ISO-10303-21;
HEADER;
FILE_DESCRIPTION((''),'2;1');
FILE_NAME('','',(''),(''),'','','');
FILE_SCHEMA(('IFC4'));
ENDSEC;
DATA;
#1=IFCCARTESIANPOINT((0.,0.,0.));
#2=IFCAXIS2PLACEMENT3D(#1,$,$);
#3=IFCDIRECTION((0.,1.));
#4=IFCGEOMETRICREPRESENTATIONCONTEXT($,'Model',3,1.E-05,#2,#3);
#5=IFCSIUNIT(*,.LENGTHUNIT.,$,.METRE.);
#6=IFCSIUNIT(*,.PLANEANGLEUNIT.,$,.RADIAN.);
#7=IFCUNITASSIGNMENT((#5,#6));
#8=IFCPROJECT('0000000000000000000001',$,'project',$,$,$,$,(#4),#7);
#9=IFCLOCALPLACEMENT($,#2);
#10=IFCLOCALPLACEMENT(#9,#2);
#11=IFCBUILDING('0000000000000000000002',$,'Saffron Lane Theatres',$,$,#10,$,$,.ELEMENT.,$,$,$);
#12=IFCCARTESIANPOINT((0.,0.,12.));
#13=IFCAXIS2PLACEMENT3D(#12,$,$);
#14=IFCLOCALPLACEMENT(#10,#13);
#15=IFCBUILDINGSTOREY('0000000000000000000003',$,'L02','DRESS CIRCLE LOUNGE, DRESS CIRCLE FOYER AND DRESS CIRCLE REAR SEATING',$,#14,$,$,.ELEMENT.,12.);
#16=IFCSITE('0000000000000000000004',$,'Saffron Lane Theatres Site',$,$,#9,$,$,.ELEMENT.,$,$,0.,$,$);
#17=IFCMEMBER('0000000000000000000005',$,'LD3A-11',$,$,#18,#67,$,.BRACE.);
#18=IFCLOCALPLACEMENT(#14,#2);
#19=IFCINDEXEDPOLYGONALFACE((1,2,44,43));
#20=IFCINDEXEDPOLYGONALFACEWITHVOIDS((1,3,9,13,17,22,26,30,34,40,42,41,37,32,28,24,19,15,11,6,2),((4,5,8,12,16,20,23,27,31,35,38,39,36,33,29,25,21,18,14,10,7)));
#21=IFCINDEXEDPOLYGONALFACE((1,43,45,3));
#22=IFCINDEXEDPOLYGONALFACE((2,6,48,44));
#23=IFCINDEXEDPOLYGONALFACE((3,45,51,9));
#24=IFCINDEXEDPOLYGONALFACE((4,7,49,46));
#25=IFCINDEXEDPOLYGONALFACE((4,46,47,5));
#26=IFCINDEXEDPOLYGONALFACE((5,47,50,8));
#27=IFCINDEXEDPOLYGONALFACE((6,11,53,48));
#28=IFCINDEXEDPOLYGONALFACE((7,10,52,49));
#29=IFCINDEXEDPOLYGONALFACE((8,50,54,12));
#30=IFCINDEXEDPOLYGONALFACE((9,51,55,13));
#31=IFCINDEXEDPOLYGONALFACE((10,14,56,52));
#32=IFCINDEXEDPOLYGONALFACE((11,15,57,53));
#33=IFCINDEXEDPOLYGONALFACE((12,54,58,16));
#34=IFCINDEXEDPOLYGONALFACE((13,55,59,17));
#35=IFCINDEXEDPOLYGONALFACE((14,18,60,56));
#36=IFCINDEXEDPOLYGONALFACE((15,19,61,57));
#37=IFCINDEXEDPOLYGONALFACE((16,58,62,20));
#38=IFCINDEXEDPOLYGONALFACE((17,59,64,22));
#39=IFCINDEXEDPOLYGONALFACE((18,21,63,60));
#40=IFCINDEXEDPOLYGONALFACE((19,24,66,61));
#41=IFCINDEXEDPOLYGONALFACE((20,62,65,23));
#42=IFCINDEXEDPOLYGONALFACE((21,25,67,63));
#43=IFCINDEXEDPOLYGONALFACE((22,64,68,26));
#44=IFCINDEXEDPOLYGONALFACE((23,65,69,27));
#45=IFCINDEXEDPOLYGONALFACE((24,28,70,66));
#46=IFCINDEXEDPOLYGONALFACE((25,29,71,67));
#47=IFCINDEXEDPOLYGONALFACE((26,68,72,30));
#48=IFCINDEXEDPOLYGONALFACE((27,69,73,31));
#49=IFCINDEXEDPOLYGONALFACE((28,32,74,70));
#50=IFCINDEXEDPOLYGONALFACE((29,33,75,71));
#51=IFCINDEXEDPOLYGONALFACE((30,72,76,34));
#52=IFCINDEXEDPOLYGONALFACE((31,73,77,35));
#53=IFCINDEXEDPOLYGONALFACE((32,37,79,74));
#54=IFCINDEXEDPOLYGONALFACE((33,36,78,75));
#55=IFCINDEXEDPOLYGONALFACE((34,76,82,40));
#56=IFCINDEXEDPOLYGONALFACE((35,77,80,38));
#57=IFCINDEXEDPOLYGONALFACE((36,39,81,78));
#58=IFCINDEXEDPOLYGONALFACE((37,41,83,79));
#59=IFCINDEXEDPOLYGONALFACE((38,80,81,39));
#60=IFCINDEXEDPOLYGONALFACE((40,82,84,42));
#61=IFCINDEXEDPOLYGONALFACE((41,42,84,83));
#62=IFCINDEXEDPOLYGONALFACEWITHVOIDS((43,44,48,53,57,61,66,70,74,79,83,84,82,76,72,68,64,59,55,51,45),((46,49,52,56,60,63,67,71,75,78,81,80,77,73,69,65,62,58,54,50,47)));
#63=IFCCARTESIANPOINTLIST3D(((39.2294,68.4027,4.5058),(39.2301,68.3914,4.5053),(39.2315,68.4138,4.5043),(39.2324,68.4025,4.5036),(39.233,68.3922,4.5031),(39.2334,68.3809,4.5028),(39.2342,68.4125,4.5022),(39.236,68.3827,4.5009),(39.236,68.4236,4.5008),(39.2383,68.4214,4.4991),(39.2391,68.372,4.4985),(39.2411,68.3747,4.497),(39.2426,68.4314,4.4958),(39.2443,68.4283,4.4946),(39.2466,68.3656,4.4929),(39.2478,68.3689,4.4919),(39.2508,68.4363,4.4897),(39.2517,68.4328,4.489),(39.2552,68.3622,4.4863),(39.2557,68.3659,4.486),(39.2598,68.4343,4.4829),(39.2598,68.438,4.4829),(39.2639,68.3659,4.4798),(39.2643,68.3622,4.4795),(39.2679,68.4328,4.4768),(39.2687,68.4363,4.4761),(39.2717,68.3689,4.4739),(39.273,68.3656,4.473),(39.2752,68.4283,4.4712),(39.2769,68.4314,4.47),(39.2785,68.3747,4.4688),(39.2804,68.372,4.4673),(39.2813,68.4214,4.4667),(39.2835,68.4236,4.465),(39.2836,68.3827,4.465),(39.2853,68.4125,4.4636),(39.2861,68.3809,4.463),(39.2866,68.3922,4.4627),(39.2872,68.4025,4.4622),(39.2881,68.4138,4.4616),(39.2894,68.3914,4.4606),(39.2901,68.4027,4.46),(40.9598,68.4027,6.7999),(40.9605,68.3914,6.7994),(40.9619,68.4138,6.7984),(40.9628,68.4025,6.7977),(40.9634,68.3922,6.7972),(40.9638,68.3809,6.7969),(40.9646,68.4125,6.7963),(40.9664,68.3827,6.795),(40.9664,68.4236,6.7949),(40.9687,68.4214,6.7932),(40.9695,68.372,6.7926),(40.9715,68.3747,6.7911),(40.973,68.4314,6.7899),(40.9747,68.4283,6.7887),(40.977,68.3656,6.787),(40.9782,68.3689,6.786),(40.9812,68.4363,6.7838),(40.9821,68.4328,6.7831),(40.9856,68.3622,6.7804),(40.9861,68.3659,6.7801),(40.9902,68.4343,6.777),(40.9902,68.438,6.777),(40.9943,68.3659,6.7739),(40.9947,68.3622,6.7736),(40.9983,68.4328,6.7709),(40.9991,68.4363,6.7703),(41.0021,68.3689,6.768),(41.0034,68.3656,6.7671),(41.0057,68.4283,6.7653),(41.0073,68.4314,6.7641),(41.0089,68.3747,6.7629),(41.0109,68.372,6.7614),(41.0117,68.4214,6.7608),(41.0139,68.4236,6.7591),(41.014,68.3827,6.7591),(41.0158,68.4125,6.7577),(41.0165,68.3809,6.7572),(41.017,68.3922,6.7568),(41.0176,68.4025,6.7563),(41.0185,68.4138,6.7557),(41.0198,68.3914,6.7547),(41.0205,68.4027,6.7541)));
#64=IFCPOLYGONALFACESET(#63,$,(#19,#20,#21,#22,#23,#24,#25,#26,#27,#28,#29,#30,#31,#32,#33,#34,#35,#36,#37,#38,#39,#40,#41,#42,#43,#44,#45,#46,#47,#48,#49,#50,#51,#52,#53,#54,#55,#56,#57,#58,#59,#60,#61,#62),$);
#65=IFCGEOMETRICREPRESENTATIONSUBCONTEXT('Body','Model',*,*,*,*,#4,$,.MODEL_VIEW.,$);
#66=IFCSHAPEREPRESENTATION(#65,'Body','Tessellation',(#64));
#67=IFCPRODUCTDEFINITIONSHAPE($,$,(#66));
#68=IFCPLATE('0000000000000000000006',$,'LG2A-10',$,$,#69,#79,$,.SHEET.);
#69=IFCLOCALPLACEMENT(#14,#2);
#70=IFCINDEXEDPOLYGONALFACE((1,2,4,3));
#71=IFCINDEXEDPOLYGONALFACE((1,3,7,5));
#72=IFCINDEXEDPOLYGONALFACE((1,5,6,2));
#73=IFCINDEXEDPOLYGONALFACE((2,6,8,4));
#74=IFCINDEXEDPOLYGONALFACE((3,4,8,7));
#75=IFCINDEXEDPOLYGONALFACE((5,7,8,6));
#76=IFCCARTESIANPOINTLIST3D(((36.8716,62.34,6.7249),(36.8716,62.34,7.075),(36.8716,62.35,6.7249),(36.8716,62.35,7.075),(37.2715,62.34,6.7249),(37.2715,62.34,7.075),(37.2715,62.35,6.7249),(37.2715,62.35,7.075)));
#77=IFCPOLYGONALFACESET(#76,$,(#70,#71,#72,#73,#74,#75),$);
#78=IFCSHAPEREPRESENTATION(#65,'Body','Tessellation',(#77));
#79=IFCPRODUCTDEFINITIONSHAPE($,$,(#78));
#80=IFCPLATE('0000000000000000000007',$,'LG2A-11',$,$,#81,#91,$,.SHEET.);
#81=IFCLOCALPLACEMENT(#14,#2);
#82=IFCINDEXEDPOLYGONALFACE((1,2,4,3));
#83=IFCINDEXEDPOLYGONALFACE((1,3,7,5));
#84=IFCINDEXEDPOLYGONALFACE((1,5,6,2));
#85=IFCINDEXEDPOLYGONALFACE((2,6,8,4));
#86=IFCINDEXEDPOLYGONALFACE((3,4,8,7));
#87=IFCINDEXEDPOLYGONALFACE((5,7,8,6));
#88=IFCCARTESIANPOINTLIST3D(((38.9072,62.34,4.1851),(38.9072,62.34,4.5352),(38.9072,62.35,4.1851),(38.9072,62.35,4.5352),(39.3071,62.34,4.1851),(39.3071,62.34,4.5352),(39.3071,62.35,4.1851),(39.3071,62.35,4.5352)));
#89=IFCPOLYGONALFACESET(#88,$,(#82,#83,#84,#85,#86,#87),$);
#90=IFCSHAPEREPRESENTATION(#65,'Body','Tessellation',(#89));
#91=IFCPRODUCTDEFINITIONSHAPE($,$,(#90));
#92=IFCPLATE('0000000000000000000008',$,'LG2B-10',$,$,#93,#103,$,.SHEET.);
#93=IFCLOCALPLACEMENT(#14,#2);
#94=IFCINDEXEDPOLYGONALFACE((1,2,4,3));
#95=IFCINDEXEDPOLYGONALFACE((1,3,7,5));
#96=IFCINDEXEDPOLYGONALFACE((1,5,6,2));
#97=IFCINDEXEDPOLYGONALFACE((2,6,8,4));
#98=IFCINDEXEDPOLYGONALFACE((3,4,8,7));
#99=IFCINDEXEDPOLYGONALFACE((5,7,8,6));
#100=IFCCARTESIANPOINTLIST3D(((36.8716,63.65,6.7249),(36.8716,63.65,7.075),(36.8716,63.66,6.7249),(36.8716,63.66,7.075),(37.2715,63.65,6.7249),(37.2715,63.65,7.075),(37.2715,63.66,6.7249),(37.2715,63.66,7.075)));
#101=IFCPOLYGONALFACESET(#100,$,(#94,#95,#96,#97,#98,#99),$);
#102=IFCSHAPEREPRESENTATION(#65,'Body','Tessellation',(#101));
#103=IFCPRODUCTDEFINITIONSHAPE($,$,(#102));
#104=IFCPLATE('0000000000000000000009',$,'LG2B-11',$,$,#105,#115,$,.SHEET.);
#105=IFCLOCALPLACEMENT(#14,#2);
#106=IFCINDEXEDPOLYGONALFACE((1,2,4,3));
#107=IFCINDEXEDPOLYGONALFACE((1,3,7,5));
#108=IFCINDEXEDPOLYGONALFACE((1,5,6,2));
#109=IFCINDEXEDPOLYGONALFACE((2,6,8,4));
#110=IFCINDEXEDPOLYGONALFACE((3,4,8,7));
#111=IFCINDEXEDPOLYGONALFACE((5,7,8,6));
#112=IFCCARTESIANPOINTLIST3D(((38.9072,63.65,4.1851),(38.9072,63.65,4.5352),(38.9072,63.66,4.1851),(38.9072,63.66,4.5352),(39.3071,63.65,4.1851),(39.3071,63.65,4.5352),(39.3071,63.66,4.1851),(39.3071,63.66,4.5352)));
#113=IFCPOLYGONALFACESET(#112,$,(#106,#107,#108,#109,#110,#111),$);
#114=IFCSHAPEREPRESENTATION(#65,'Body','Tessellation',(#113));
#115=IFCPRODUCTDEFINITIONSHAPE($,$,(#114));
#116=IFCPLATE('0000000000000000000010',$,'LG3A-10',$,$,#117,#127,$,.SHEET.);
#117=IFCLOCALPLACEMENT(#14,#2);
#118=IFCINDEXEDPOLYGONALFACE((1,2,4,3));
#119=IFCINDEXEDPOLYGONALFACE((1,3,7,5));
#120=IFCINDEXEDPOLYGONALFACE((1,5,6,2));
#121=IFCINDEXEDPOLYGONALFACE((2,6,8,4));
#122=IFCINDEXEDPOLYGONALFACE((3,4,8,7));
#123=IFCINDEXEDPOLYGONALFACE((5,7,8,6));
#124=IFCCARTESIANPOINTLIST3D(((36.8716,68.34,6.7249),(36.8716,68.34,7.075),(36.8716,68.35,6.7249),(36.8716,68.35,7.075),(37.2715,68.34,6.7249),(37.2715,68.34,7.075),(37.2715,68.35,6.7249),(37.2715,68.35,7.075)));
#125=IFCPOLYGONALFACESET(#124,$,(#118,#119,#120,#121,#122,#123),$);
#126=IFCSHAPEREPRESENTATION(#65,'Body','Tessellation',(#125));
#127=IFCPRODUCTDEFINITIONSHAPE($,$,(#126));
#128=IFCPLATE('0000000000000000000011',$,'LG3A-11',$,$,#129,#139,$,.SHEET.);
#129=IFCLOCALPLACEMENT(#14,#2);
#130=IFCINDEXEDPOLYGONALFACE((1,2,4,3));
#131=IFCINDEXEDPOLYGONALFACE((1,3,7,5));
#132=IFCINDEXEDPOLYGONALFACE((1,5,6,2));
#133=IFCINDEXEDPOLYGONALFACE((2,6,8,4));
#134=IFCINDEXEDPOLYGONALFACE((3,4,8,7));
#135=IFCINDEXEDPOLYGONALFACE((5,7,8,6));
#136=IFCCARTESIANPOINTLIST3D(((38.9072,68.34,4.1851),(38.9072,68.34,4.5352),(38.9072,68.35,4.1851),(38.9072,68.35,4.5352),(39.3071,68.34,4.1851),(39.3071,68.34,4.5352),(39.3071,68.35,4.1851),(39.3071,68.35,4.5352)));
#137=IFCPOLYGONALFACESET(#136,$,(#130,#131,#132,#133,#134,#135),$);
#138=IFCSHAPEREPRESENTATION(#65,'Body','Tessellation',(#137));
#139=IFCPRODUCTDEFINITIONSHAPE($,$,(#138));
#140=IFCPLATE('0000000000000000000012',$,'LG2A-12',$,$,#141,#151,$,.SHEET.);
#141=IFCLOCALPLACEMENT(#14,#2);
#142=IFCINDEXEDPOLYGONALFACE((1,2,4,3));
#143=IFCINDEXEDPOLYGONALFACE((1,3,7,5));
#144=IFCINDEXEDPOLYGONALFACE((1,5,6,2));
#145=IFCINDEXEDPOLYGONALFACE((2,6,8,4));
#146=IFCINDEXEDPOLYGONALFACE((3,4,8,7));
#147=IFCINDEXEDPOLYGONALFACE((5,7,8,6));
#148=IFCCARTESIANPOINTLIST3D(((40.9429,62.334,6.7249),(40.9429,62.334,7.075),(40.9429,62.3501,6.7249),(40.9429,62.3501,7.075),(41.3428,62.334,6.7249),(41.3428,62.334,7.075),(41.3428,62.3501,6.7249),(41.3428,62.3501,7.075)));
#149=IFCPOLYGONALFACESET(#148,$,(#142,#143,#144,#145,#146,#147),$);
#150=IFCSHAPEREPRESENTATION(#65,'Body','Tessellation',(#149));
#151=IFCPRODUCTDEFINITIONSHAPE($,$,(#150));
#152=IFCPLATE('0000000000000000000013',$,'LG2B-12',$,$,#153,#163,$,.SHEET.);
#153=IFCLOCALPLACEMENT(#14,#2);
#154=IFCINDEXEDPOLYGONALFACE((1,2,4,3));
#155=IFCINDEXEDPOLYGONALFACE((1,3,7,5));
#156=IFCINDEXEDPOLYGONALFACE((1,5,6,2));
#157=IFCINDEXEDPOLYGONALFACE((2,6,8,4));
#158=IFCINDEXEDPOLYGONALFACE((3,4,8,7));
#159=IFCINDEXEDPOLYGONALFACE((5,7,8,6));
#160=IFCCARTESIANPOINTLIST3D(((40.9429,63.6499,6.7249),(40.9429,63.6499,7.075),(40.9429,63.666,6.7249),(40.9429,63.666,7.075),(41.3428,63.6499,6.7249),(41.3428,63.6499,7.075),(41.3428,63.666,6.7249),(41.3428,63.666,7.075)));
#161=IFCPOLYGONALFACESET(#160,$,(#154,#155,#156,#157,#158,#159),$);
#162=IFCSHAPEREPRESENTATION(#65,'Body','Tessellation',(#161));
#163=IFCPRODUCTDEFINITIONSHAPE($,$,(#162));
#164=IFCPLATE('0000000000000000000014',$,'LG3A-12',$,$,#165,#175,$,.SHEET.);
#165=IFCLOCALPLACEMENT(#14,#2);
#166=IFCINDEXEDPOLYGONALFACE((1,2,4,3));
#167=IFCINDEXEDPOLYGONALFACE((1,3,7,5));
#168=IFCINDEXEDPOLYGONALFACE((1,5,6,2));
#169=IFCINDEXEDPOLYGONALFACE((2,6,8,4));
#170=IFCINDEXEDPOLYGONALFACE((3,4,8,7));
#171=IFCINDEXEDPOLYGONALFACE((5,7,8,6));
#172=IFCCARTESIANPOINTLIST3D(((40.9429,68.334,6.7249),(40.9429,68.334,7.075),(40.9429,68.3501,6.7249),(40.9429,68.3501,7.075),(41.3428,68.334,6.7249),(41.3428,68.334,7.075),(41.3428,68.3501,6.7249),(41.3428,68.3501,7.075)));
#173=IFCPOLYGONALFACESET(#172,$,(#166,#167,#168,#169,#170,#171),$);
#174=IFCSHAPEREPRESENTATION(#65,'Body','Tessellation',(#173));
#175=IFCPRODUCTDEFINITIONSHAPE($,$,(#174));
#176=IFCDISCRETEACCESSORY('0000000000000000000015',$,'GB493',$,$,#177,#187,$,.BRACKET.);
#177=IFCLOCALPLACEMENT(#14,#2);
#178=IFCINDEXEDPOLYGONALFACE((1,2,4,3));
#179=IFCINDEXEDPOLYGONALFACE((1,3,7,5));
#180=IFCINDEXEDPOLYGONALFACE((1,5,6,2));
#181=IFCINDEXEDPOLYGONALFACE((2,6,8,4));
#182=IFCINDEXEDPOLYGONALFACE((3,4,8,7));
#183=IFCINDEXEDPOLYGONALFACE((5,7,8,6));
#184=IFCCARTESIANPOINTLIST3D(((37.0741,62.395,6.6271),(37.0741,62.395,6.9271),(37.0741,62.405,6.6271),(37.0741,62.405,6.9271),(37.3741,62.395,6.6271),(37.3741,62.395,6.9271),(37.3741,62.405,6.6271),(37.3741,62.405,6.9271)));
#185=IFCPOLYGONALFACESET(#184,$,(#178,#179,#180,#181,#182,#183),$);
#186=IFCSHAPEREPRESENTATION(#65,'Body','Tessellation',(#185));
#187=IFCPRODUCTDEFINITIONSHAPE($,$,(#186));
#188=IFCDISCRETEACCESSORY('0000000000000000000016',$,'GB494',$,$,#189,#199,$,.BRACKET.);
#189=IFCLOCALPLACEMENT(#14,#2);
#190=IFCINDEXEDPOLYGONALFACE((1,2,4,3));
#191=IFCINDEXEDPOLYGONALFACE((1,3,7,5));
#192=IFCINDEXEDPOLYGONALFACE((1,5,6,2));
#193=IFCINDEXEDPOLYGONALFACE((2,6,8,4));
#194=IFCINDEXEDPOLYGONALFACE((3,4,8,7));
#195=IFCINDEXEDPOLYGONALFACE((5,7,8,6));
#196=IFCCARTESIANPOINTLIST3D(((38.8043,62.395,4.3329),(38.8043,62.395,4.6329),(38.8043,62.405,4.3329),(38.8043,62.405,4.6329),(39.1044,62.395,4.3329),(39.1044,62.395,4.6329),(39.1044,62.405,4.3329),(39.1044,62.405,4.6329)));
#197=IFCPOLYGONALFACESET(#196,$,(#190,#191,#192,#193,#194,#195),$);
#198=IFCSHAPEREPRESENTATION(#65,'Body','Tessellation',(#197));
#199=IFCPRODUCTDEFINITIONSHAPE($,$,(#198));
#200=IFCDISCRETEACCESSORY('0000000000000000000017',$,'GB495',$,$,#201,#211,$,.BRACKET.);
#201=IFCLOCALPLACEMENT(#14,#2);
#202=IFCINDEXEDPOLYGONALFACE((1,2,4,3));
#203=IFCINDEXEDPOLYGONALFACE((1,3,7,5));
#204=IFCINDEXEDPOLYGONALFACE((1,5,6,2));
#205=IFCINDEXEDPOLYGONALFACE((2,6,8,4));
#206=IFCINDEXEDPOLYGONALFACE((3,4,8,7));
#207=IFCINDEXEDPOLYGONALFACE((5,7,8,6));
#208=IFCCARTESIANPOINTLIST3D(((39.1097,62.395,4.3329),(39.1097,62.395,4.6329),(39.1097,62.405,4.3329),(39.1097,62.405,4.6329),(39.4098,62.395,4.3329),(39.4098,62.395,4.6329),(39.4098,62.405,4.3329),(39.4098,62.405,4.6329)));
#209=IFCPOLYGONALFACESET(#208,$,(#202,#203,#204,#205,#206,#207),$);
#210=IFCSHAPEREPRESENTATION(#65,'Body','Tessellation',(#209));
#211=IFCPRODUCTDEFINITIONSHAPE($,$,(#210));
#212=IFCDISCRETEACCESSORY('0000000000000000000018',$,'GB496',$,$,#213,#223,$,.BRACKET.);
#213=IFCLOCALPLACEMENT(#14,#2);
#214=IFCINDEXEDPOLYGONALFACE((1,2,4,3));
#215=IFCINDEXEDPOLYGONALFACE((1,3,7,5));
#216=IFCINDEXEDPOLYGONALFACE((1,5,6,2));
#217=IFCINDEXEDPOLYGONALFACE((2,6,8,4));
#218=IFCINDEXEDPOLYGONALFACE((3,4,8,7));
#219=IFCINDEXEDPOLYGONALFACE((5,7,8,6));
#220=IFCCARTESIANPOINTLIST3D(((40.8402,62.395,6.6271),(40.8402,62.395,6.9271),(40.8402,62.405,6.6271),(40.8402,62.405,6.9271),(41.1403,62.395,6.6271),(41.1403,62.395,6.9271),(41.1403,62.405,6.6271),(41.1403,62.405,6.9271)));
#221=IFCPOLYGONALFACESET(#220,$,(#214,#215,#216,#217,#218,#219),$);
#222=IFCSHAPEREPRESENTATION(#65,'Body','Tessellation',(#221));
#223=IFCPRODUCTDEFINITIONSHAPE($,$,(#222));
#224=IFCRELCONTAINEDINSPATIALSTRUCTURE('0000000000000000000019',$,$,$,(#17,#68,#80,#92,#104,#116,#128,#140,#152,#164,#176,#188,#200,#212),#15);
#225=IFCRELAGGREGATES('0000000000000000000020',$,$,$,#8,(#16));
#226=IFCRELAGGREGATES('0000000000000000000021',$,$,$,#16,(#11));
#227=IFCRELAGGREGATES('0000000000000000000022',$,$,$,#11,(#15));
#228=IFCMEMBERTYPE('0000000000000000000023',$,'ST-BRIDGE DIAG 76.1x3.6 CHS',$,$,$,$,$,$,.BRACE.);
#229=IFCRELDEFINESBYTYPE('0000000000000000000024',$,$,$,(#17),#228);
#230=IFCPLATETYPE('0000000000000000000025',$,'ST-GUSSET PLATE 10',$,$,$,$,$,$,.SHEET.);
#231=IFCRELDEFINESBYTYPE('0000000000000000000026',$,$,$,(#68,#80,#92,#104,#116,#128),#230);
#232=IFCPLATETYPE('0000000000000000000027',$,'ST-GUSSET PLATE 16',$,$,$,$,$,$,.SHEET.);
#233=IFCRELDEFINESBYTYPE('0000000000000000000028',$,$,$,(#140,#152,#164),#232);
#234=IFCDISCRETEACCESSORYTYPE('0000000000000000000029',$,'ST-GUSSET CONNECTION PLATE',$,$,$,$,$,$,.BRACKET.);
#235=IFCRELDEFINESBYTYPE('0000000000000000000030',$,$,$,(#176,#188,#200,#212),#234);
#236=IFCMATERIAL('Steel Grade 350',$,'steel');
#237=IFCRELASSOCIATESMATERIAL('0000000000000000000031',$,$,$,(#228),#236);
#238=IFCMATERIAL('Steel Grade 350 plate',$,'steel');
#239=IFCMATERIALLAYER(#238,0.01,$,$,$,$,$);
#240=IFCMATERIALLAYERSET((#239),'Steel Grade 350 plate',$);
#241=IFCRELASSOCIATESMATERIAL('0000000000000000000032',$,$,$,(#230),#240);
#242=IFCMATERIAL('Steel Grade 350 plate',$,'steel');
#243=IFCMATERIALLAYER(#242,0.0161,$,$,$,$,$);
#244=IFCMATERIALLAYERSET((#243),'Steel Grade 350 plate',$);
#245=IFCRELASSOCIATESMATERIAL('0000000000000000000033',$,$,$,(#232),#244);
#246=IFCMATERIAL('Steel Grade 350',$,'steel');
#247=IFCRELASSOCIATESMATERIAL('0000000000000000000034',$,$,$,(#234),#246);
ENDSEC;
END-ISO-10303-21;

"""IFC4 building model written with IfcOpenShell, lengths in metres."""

from ifc_helpers import new_model, si_unit, direction, frame, origin, origin_2d, place, context, subcontext, project, spatial, rectangle, hollow_circle, extrude, material, layer, layer_set, material_profile, profile_set, type_object, element, save


model = new_model("IFC4")

# Units and contexts
model_context = context("Model", 3, precision=1e-05, world=origin(), true_north=direction((0.0, 1.0)))
body_context = subcontext(model_context, "Body", "Model", "MODEL_VIEW")
ifc_project = project(units=[si_unit("LENGTHUNIT", "METRE"), si_unit("PLANEANGLEUNIT", "RADIAN")], contexts=[model_context])

# Site, building, storey
site_placement = place(None, origin())
site = spatial("IfcSite", under=ifc_project, at=site_placement, Name="Saffron Lane Theatres Site", CompositionType="ELEMENT", RefElevation=0.0)
building_placement = place(site_placement, origin())
building = spatial("IfcBuilding", under=site, at=building_placement, Name="Saffron Lane Theatres", CompositionType="ELEMENT")
storey_placement = place(building_placement, frame((0.0, 0.0, 12.0)))
storey = spatial("IfcBuildingStorey", under=building, at=storey_placement, Name="L02", Description="DRESS CIRCLE LOUNGE, DRESS CIRCLE FOYER AND DRESS CIRCLE REAR SEATING", CompositionType="ELEMENT", Elevation=12.0)

# Member
ifc_material_1 = material(Name="Steel Grade 350", Category="steel")
ifc_material_profile_1 = material_profile(ifc_material_1, hollow_circle(Radius=0.0381, WallThickness=0.0037, at=origin_2d()))
ifc_profile_set_1 = profile_set([ifc_material_profile_1], Name="Steel Grade 350")
member_type = type_object("IfcMemberType", Name="ST-BRIDGE DIAG 76.1x3.6 CHS", PredefinedType="BRACE", material=ifc_profile_set_1)
for number, where, z_axis, x_axis, name in (
    (1, (39.2598, 68.3999, 4.4829), (0.602186, 0.0, 0.798356), (0.0, 1.0, 0.0), "LD3A-11"),
):
    element("IfcMember", number, at=place(storey_placement, frame(where, z_axis=z_axis, x_axis=x_axis)), inside=storey, type_object=member_type, Name=name, PredefinedType="BRACE", context=body_context, shape_type="SweptSolid", body=[
        extrude(hollow_circle(Radius=0.0381, WallThickness=0.0037, at=origin_2d()), origin(), (0.0, 0.0, 1.0), 2.8735),
    ])

# Plates
ifc_material_2 = material(Name="Steel Grade 350 plate", Category="steel")
ifc_layer_1 = layer(ifc_material_2, 0.01)
ifc_layer_set_1 = layer_set([ifc_layer_1], Name="Steel Grade 350 plate")
plate_type_1 = type_object("IfcPlateType", Name="ST-GUSSET PLATE 10", PredefinedType="SHEET", material=ifc_layer_set_1)
for number, where, z_axis, x_axis, name in (
    (2, (37.0715, 62.345, 6.7249), (0.0, 0.0, 1.0), (1.0, 0.0, 0.0), "LG2A-10"),
    (3, (39.1072, 62.345, 4.1851), (0.0, 0.0, 1.0), (1.0, 0.0, 0.0), "LG2A-11"),
    (4, (37.0715, 63.655, 6.7249), (0.0, 0.0, 1.0), (1.0, 0.0, 0.0), "LG2B-10"),
    (5, (39.1072, 63.655, 4.1851), (0.0, 0.0, 1.0), (1.0, 0.0, 0.0), "LG2B-11"),
    (6, (37.0715, 68.345, 6.7249), (0.0, 0.0, 1.0), (1.0, 0.0, 0.0), "LG3A-10"),
    (7, (39.1072, 68.345, 4.1851), (0.0, 0.0, 1.0), (1.0, 0.0, 0.0), "LG3A-11"),
):
    element("IfcPlate", number, at=place(storey_placement, frame(where, z_axis=z_axis, x_axis=x_axis)), inside=storey, type_object=plate_type_1, Name=name, PredefinedType="SHEET", context=body_context, shape_type="SweptSolid", body=[
        extrude(rectangle(XDim=0.3999, YDim=0.01, at=origin_2d()), origin(), (0.0, 0.0, 1.0), 0.3501),
    ])
ifc_material_3 = material(Name="Steel Grade 350 plate", Category="steel")
ifc_layer_2 = layer(ifc_material_3, 0.0161)
ifc_layer_set_2 = layer_set([ifc_layer_2], Name="Steel Grade 350 plate")
plate_type_2 = type_object("IfcPlateType", Name="ST-GUSSET PLATE 16", PredefinedType="SHEET", material=ifc_layer_set_2)
for number, where, z_axis, x_axis, name in (
    (8, (41.1428, 62.342, 6.7249), (0.0, 0.0, 1.0), (1.0, 0.0, 0.0), "LG2A-12"),
    (9, (41.1428, 63.658, 6.7249), (0.0, 0.0, 1.0), (1.0, 0.0, 0.0), "LG2B-12"),
    (10, (41.1428, 68.342, 6.7249), (0.0, 0.0, 1.0), (1.0, 0.0, 0.0), "LG3A-12"),
):
    element("IfcPlate", number, at=place(storey_placement, frame(where, z_axis=z_axis, x_axis=x_axis)), inside=storey, type_object=plate_type_2, Name=name, PredefinedType="SHEET", context=body_context, shape_type="SweptSolid", body=[
        extrude(rectangle(XDim=0.3999, YDim=0.0161, at=origin_2d()), origin(), (0.0, 0.0, 1.0), 0.3501),
    ])

# Discrete accessories
ifc_material_4 = material(Name="Steel Grade 350", Category="steel")
ifc_material_profile_2 = material_profile(ifc_material_4, rectangle(XDim=0.3, YDim=0.3, at=origin_2d()))
ifc_profile_set_2 = profile_set([ifc_material_profile_2], Name="Steel Grade 350")
discrete_accessory_type = type_object("IfcDiscreteAccessoryType", Name="ST-GUSSET CONNECTION PLATE", PredefinedType="BRACKET", material=ifc_profile_set_2)
for number, where, z_axis, x_axis, name in (
    (11, (37.2241, 62.395, 6.7771), (0.0, 1.0, 0.0), (-1.0, 0.0, 0.0), "GB493"),
    (12, (38.9543, 62.395, 4.4829), (0.0, 1.0, 0.0), (-1.0, 0.0, 0.0), "GB494"),
    (13, (39.2598, 62.395, 4.4829), (0.0, 1.0, 0.0), (-1.0, 0.0, 0.0), "GB495"),
    (14, (40.9902, 62.395, 6.7771), (0.0, 1.0, 0.0), (-1.0, 0.0, 0.0), "GB496"),
):
    element("IfcDiscreteAccessory", number, at=place(storey_placement, frame(where, z_axis=z_axis, x_axis=x_axis)), inside=storey, type_object=discrete_accessory_type, Name=name, PredefinedType="BRACKET", context=body_context, shape_type="SweptSolid", body=[
        extrude(rectangle(XDim=0.3, YDim=0.3, at=origin_2d()), origin(), (0.0, 0.0, 1.0), 0.01),
    ])

save(model, "model.ifc")
